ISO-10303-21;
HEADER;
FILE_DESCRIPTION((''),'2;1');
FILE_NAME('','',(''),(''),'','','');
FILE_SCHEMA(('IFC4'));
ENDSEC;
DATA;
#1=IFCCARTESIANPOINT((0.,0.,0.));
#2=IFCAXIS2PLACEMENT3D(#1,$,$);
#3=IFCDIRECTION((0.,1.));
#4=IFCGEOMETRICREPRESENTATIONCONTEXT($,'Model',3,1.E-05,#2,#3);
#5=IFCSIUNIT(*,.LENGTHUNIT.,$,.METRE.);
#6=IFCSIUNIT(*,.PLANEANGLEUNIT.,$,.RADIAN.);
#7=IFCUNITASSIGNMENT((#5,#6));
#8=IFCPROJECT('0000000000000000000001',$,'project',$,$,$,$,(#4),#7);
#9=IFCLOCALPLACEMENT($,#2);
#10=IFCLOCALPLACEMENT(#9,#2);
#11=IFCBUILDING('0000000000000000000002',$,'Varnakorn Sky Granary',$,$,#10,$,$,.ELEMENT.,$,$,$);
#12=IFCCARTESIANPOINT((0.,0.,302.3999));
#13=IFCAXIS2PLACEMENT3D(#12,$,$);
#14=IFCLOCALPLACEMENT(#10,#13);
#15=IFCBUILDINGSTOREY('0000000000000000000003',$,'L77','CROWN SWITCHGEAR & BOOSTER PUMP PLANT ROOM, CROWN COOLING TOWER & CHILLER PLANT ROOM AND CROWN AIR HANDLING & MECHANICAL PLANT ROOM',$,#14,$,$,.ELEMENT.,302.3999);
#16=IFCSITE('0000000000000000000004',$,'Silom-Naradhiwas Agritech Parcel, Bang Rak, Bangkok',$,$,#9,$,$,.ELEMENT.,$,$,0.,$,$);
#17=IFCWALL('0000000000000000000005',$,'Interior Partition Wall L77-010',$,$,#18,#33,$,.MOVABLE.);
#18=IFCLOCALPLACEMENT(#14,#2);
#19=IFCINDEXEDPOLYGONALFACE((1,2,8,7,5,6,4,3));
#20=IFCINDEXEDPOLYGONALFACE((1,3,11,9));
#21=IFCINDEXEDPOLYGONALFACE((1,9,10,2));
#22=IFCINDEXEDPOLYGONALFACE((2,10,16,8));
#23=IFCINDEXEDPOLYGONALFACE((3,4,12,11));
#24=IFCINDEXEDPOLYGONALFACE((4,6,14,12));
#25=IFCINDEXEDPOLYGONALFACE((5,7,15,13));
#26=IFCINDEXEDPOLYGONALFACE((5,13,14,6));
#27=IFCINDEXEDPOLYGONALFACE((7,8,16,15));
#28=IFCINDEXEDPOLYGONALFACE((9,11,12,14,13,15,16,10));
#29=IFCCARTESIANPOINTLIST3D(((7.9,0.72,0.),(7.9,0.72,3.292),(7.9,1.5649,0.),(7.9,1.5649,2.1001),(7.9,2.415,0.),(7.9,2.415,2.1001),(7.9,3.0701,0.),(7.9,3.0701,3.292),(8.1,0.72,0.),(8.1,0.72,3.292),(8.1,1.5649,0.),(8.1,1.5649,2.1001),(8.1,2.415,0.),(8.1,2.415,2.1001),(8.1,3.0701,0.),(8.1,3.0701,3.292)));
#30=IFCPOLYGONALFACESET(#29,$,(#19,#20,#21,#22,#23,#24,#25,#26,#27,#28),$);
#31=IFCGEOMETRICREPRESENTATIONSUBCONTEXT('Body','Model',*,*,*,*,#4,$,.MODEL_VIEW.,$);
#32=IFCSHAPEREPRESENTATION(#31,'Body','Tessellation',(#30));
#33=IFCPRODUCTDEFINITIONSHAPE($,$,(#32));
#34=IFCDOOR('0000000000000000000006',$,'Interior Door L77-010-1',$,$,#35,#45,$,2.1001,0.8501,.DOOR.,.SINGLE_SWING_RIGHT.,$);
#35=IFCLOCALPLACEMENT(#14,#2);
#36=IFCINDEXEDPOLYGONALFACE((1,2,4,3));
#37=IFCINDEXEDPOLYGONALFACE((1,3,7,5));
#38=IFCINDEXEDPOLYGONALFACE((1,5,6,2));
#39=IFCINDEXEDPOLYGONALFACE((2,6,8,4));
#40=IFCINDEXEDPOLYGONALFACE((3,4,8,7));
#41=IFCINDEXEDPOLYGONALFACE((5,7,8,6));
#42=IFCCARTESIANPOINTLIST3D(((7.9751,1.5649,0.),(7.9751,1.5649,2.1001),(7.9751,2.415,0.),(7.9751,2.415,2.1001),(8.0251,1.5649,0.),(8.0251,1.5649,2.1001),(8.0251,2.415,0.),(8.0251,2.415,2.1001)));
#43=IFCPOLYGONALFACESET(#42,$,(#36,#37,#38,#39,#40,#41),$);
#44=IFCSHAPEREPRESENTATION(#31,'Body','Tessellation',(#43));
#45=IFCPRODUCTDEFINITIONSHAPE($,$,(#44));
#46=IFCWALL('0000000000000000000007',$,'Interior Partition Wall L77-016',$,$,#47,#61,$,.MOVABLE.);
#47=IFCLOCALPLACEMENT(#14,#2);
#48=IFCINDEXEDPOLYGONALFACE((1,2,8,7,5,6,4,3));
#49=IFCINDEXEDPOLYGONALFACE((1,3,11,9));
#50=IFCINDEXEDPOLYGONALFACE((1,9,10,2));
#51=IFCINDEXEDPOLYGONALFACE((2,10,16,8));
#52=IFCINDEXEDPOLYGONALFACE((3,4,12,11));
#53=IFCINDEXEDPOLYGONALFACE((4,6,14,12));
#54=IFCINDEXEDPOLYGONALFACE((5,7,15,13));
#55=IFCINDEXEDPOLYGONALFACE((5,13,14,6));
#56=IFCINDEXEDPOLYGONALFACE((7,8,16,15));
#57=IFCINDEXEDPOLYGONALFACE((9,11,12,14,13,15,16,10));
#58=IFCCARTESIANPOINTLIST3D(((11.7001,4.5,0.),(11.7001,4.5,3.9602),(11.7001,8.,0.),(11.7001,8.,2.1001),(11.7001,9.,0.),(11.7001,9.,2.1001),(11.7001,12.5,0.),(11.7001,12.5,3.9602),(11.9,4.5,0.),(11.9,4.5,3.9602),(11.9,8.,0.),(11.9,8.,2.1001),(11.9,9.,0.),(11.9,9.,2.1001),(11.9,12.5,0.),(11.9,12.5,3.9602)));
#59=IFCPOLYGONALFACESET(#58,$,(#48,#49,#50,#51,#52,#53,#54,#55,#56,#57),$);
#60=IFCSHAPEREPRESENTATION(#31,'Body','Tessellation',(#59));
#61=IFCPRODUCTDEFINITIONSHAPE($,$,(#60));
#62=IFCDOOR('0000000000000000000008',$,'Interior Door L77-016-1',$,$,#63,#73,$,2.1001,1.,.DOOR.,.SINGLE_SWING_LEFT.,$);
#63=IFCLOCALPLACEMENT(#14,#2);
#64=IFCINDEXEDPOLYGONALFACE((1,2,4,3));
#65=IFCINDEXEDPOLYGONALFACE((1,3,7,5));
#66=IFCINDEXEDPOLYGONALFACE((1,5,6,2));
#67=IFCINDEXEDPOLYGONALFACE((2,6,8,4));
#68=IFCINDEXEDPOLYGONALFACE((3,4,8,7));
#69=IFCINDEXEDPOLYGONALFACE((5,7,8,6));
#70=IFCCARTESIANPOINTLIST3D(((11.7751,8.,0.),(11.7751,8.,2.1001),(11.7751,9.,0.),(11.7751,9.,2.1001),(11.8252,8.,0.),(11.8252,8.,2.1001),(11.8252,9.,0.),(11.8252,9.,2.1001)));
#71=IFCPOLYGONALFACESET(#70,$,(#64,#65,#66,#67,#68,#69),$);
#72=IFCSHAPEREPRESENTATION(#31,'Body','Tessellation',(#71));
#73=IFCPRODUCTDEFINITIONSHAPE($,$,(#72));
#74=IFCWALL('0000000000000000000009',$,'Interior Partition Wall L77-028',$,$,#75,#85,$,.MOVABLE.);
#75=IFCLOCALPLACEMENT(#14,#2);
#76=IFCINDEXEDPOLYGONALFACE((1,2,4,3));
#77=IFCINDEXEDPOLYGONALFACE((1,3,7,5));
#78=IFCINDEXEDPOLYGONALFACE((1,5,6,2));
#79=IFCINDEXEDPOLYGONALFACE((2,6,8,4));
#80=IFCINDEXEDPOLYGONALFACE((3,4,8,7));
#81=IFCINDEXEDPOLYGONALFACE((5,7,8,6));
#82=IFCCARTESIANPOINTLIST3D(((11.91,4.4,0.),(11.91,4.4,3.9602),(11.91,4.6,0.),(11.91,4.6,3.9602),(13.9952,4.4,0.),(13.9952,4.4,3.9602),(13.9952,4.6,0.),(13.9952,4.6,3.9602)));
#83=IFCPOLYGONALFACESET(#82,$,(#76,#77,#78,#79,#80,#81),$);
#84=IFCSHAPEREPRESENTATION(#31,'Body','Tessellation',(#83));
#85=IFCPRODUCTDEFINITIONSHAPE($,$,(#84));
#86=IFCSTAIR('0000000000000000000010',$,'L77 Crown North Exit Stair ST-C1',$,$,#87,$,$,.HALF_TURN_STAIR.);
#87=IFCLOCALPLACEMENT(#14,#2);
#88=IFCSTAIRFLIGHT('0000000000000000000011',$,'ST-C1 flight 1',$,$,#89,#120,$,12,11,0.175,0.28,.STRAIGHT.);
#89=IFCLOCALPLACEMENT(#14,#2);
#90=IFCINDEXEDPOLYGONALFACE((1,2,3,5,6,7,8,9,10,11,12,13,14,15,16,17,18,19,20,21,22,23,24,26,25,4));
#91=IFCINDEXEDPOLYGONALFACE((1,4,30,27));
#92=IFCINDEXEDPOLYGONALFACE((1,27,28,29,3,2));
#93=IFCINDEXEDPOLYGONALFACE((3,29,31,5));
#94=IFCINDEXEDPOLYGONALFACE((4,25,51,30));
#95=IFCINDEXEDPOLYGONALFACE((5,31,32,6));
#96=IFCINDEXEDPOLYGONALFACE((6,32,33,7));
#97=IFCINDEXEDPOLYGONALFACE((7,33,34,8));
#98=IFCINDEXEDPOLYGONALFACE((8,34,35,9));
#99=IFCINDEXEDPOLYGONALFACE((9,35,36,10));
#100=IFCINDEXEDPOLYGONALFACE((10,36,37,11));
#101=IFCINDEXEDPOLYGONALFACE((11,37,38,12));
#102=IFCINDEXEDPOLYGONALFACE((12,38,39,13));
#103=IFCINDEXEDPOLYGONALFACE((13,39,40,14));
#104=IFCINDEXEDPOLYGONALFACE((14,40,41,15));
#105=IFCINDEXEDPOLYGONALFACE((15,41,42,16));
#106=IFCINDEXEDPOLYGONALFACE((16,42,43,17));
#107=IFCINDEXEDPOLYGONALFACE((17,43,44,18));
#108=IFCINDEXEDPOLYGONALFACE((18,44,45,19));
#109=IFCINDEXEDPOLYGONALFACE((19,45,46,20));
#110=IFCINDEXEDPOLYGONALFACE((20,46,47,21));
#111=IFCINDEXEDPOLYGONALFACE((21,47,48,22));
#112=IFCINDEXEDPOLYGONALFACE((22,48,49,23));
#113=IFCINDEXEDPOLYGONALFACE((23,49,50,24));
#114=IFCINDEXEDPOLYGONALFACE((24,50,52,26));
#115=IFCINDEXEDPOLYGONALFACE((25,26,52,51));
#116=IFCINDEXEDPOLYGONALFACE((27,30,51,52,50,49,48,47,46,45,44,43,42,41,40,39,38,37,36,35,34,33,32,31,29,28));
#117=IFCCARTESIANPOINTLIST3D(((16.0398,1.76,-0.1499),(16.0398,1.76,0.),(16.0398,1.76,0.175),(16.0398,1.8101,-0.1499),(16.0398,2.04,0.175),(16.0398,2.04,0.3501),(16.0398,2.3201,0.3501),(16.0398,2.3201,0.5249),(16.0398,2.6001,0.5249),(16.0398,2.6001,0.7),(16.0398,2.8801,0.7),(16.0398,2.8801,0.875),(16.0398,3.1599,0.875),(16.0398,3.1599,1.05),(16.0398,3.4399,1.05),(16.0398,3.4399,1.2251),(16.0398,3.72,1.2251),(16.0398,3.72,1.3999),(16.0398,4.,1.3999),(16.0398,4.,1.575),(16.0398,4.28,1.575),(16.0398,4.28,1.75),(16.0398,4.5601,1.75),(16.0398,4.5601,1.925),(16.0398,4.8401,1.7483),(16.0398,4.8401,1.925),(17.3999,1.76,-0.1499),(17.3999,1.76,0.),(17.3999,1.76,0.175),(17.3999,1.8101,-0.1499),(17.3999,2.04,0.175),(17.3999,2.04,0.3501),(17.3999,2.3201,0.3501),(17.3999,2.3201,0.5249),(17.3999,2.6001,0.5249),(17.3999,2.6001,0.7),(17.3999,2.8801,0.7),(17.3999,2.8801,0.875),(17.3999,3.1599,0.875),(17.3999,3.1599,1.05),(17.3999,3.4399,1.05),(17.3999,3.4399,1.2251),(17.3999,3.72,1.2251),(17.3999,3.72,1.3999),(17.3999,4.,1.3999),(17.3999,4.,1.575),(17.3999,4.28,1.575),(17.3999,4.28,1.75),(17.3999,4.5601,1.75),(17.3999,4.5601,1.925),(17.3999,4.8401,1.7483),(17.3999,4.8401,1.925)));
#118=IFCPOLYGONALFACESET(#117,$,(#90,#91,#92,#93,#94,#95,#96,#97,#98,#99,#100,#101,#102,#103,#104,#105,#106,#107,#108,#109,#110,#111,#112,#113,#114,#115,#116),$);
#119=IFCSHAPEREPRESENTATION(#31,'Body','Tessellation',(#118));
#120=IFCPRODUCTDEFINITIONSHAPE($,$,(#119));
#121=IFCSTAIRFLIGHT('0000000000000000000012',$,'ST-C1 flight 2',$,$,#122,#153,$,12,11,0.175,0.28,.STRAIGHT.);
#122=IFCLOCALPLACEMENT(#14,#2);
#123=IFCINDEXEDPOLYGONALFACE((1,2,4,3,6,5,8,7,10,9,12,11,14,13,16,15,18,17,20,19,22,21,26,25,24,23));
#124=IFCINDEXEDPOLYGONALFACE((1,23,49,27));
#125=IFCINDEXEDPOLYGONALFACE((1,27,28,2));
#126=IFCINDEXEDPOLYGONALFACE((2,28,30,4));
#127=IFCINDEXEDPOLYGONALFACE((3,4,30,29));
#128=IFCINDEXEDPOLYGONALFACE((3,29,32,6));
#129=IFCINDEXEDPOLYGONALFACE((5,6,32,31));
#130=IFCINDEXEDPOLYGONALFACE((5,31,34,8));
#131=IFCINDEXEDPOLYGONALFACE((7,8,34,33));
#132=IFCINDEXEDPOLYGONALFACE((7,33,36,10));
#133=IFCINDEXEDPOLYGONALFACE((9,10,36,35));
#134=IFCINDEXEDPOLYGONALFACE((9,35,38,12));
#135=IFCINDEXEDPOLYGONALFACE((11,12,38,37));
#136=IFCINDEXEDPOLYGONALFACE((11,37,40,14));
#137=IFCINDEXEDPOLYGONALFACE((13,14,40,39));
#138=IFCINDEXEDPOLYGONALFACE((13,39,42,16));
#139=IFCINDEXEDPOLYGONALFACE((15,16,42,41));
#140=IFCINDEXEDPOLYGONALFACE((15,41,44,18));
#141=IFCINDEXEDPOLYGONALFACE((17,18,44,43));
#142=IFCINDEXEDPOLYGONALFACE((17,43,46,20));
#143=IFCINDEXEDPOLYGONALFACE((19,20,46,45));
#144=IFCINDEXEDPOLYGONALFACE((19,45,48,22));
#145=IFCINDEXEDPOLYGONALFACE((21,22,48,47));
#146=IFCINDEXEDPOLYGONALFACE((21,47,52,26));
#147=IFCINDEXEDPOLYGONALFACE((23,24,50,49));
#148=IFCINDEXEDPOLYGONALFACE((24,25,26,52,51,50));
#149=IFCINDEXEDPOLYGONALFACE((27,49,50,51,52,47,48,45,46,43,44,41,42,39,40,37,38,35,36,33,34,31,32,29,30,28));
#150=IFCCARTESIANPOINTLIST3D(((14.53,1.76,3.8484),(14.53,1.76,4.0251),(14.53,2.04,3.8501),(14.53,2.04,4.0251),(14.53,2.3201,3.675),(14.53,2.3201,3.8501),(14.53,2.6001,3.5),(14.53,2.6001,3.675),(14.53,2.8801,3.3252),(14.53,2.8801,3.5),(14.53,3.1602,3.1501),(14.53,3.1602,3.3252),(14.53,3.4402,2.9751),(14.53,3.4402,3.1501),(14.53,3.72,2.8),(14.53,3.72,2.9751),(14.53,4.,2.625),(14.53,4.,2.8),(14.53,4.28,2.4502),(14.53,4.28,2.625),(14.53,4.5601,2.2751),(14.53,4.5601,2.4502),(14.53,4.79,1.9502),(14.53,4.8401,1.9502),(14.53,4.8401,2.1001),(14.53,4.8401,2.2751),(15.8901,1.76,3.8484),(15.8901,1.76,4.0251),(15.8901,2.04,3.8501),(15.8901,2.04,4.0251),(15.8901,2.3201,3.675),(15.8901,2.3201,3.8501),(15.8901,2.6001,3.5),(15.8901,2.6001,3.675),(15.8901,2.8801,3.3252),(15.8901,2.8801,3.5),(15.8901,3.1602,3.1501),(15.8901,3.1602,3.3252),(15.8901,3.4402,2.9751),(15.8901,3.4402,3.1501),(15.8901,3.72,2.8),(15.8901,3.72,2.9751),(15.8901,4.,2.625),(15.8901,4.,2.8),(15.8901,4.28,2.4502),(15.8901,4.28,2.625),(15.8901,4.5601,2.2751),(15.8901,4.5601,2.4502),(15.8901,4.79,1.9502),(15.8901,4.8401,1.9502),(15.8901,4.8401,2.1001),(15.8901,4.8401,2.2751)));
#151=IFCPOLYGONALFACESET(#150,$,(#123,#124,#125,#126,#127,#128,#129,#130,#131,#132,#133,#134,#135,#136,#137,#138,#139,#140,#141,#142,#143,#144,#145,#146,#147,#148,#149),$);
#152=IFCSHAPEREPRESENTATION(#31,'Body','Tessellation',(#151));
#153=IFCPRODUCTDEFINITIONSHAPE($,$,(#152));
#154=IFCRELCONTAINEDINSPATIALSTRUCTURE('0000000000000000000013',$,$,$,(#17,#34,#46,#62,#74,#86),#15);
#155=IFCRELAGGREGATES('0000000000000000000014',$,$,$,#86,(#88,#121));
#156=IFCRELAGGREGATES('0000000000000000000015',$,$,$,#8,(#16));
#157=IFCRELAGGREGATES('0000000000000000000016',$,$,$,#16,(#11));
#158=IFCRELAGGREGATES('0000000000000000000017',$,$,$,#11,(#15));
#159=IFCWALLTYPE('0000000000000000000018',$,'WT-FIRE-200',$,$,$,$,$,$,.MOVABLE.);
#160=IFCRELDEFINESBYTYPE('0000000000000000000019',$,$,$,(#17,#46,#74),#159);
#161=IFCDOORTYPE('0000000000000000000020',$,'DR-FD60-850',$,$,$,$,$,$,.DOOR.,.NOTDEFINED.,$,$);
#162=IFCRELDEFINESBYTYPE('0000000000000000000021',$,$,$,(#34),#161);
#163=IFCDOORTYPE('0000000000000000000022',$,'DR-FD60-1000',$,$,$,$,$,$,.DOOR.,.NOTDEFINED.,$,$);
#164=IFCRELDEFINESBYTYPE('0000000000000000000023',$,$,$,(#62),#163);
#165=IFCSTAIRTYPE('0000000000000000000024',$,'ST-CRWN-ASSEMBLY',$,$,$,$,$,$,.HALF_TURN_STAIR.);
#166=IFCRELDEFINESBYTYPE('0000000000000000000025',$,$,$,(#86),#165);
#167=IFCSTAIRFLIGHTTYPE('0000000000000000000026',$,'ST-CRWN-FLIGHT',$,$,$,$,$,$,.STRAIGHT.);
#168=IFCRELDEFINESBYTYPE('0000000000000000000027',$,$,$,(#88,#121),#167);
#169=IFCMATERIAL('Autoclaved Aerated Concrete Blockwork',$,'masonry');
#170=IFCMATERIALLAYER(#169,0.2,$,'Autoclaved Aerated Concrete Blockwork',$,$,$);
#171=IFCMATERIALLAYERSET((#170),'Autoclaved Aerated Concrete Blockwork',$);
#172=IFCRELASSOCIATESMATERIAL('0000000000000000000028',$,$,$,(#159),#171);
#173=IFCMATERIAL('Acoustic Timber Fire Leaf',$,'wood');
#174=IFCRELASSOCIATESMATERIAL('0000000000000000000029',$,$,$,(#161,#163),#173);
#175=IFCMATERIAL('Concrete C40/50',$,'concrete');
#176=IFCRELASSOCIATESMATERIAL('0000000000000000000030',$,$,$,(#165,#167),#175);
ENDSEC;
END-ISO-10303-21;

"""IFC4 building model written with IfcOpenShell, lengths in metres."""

from ifc_helpers import new_model, si_unit, direction, frame, frame_2d, origin, place, context, subcontext, project, spatial, polyline, rectangle, outline, extrude, material, layer, layer_set, type_object, element, fill, aggregate, save


model = new_model("IFC4")

# Units and contexts
model_context = context("Model", 3, precision=1e-05, world=origin(), true_north=direction((0.0, 1.0)))
body_context = subcontext(model_context, "Body", "Model", "MODEL_VIEW")
ifc_project = project(units=[si_unit("LENGTHUNIT", "METRE"), si_unit("PLANEANGLEUNIT", "RADIAN")], contexts=[model_context])

# Site, building, storey
site_placement = place(None, origin())
site = spatial("IfcSite", under=ifc_project, at=site_placement, Name="Silom-Naradhiwas Agritech Parcel, Bang Rak, Bangkok", CompositionType="ELEMENT", RefElevation=0.0)
building_placement = place(site_placement, origin())
building = spatial("IfcBuilding", under=site, at=building_placement, Name="Varnakorn Sky Granary", CompositionType="ELEMENT")
storey_placement = place(building_placement, frame((0.0, 0.0, 302.3999)))
storey = spatial("IfcBuildingStorey", under=building, at=storey_placement, Name="L77", Description="CROWN SWITCHGEAR & BOOSTER PUMP PLANT ROOM, CROWN COOLING TOWER & CHILLER PLANT ROOM AND CROWN AIR HANDLING & MECHANICAL PLANT ROOM", CompositionType="ELEMENT", Elevation=302.3999)

# Walls, openings, doors
ifc_material_1 = material(Name="Autoclaved Aerated Concrete Blockwork", Category="masonry")
ifc_layer_1 = layer(ifc_material_1, 0.2, Name="Autoclaved Aerated Concrete Blockwork")
ifc_layer_set_1 = layer_set([ifc_layer_1], Name="Autoclaved Aerated Concrete Blockwork")
wall_type_1 = type_object("IfcWallType", Name="WT-FIRE-200", PredefinedType="MOVABLE", material=ifc_layer_set_1)
wall_1_placement = place(storey_placement, frame((8.0, 0.72, 0.0), z_axis=(0.0, 0.0, 1.0), x_axis=(0.0, 1.0, 0.0)))
wall_1 = element("IfcWall", 1, at=wall_1_placement, inside=storey, type_object=wall_type_1, Name="Interior Partition Wall L77-010", PredefinedType="MOVABLE", context=body_context, shape_type="SweptSolid", body=[
    extrude(rectangle(XDim=2.3501, YDim=0.2, at=frame_2d((1.175, 0.0))), origin(), (0.0, 0.0, 1.0), 3.292),
])
opening_1_placement = place(wall_1_placement, frame((0.845, 0.0, 0.0)))
opening_1 = element("IfcOpeningElement", 2, at=opening_1_placement, cuts=wall_1, PredefinedType="OPENING", context=body_context, shape_type="SweptSolid", body=[
    extrude(rectangle(XDim=0.8501, YDim=2.1001, at=frame_2d((0.425, 1.05))), frame((0.0, 0.1099, 0.0), z_axis=(0.0, -1.0, 0.0), x_axis=(1.0, 0.0, 0.0)), (0.0, 0.0, 1.0), 0.22),
])
ifc_material_2 = material(Name="Acoustic Timber Fire Leaf", Category="wood")
door_type_1 = type_object("IfcDoorType", Name="DR-FD60-850", OperationType="NOTDEFINED", PredefinedType="DOOR", material=ifc_material_2)
door_1_placement = place(opening_1_placement, origin())
door_1 = element("IfcDoor", 3, at=door_1_placement, inside=storey, type_object=door_type_1, Name="Interior Door L77-010-1", OperationType="SINGLE_SWING_RIGHT", OverallHeight=2.1001, OverallWidth=0.8501, PredefinedType="DOOR", context=body_context, shape_type="SweptSolid", body=[
    extrude(rectangle(XDim=0.8501, YDim=2.1001, at=frame_2d((0.425, 1.05))), frame((0.0, 0.0249, 0.0), z_axis=(0.0, -1.0, 0.0), x_axis=(1.0, 0.0, 0.0)), (0.0, 0.0, 1.0), 0.05),
])
fill(opening_1, door_1)
wall_2_placement = place(storey_placement, frame((11.8, 4.5, 0.0), z_axis=(0.0, 0.0, 1.0), x_axis=(0.0, 1.0, 0.0)))
wall_2 = element("IfcWall", 4, at=wall_2_placement, inside=storey, type_object=wall_type_1, Name="Interior Partition Wall L77-016", PredefinedType="MOVABLE", context=body_context, shape_type="SweptSolid", body=[
    extrude(rectangle(XDim=8.0, YDim=0.2, at=frame_2d((4.0, 0.0))), origin(), (0.0, 0.0, 1.0), 3.9602),
])
opening_2_placement = place(wall_2_placement, frame((3.5, 0.0, 0.0)))
opening_2 = element("IfcOpeningElement", 5, at=opening_2_placement, cuts=wall_2, PredefinedType="OPENING", context=body_context, shape_type="SweptSolid", body=[
    extrude(rectangle(XDim=1.0, YDim=2.1001, at=frame_2d((0.5, 1.05))), frame((0.0, 0.1099, 0.0), z_axis=(0.0, -1.0, 0.0), x_axis=(1.0, 0.0, 0.0)), (0.0, 0.0, 1.0), 0.22),
])
door_type_2 = type_object("IfcDoorType", Name="DR-FD60-1000", OperationType="NOTDEFINED", PredefinedType="DOOR", material=ifc_material_2)
door_2_placement = place(opening_2_placement, origin())
door_2 = element("IfcDoor", 6, at=door_2_placement, inside=storey, type_object=door_type_2, Name="Interior Door L77-016-1", OperationType="SINGLE_SWING_LEFT", OverallHeight=2.1001, OverallWidth=1.0, PredefinedType="DOOR", context=body_context, shape_type="SweptSolid", body=[
    extrude(rectangle(XDim=1.0, YDim=2.1001, at=frame_2d((0.5, 1.05))), frame((0.0, 0.0249, 0.0), z_axis=(0.0, -1.0, 0.0), x_axis=(1.0, 0.0, 0.0)), (0.0, 0.0, 1.0), 0.05),
])
fill(opening_2, door_2)

# Wall
wall_3_placement = place(storey_placement, frame((13.9951, 4.5, 0.0), z_axis=(0.0, 0.0, 1.0), x_axis=(-1.0, 0.0, 0.0)))
element("IfcWall", 7, at=wall_3_placement, inside=storey, type_object=wall_type_1, Name="Interior Partition Wall L77-028", PredefinedType="MOVABLE", context=body_context, shape_type="SweptSolid", body=[
    extrude(rectangle(XDim=2.0852, YDim=0.2, at=frame_2d((1.0425, 0.0))), origin(), (0.0, 0.0, 1.0), 3.9602),
])

# Stair, stair flights
ifc_material_3 = material(Name="Concrete C40/50", Category="concrete")
stair_type = type_object("IfcStairType", Name="ST-CRWN-ASSEMBLY", PredefinedType="HALF_TURN_STAIR", material=ifc_material_3)
stair_placement = place(storey_placement, origin())
stair = element("IfcStair", 8, at=stair_placement, inside=storey, type_object=stair_type, Name="L77 Crown North Exit Stair ST-C1", PredefinedType="HALF_TURN_STAIR")
stair_flight_type = type_object("IfcStairFlightType", Name="ST-CRWN-FLIGHT", PredefinedType="STRAIGHT", material=ifc_material_3)
stair_flight_1_placement = place(storey_placement, frame((16.72, 1.76, 0.0), z_axis=(0.0, 0.0, 1.0), x_axis=(0.0, 1.0, 0.0)))
stair_flight_1 = element("IfcStairFlight", 9, at=stair_flight_1_placement, type_object=stair_flight_type, Name="ST-C1 flight 1", NumberOfRisers=12, NumberOfTreads=11, PredefinedType="STRAIGHT", RiserHeight=0.175, TreadLength=0.28, context=body_context, shape_type="SweptSolid", body=[
    extrude(outline(polyline([(0.0, -0.1499), (0.0, 0.0), (0.0, 0.175), (0.28, 0.175), (0.28, 0.3501), (0.5601, 0.3501), (0.5601, 0.5249), (0.8401, 0.5249), (0.8401, 0.7), (1.1201, 0.7), (1.1201, 0.875), (1.3999, 0.875), (1.3999, 1.05), (1.6799, 1.05), (1.6799, 1.2251), (1.96, 1.2251), (1.96, 1.3999), (2.24, 1.3999), (2.24, 1.575), (2.52, 1.575), (2.52, 1.75), (2.8, 1.75), (2.8, 1.925), (3.0801, 1.925), (3.0801, 2.1001), (3.0801, 1.7483), (0.05, -0.1499), (0.0, -0.1499)])), frame((0.0, 0.6802, 0.0), z_axis=(0.0, -1.0, 0.0), x_axis=(1.0, 0.0, 0.0)), (0.0, 0.0, 1.0), 1.3601),
])
stair_flight_2_placement = place(storey_placement, frame((15.21, 4.8401, 2.1001), z_axis=(0.0, 0.0, 1.0), x_axis=(0.0, -1.0, 0.0)))
stair_flight_2 = element("IfcStairFlight", 10, at=stair_flight_2_placement, type_object=stair_flight_type, Name="ST-C1 flight 2", NumberOfRisers=12, NumberOfTreads=11, PredefinedType="STRAIGHT", RiserHeight=0.175, TreadLength=0.28, context=body_context, shape_type="SweptSolid", body=[
    extrude(outline(polyline([(0.0, -0.1499), (0.0, 0.0), (0.0, 0.175), (0.28, 0.175), (0.28, 0.3501), (0.5601, 0.3501), (0.5601, 0.5249), (0.8401, 0.5249), (0.8401, 0.7), (1.1201, 0.7), (1.1201, 0.875), (1.3999, 0.875), (1.3999, 1.05), (1.6799, 1.05), (1.6799, 1.2251), (1.96, 1.2251), (1.96, 1.3999), (2.24, 1.3999), (2.24, 1.575), (2.52, 1.575), (2.52, 1.75), (2.8, 1.75), (2.8, 1.925), (3.0801, 1.925), (3.0801, 2.1001), (3.0801, 1.7483), (0.05, -0.1499), (0.0, -0.1499)])), frame((0.0, 0.6802, 0.0), z_axis=(0.0, -1.0, 0.0), x_axis=(1.0, 0.0, 0.0)), (0.0, 0.0, 1.0), 1.3601),
])
aggregate(stair, [stair_flight_1, stair_flight_2])

save(model, "model.ifc")
